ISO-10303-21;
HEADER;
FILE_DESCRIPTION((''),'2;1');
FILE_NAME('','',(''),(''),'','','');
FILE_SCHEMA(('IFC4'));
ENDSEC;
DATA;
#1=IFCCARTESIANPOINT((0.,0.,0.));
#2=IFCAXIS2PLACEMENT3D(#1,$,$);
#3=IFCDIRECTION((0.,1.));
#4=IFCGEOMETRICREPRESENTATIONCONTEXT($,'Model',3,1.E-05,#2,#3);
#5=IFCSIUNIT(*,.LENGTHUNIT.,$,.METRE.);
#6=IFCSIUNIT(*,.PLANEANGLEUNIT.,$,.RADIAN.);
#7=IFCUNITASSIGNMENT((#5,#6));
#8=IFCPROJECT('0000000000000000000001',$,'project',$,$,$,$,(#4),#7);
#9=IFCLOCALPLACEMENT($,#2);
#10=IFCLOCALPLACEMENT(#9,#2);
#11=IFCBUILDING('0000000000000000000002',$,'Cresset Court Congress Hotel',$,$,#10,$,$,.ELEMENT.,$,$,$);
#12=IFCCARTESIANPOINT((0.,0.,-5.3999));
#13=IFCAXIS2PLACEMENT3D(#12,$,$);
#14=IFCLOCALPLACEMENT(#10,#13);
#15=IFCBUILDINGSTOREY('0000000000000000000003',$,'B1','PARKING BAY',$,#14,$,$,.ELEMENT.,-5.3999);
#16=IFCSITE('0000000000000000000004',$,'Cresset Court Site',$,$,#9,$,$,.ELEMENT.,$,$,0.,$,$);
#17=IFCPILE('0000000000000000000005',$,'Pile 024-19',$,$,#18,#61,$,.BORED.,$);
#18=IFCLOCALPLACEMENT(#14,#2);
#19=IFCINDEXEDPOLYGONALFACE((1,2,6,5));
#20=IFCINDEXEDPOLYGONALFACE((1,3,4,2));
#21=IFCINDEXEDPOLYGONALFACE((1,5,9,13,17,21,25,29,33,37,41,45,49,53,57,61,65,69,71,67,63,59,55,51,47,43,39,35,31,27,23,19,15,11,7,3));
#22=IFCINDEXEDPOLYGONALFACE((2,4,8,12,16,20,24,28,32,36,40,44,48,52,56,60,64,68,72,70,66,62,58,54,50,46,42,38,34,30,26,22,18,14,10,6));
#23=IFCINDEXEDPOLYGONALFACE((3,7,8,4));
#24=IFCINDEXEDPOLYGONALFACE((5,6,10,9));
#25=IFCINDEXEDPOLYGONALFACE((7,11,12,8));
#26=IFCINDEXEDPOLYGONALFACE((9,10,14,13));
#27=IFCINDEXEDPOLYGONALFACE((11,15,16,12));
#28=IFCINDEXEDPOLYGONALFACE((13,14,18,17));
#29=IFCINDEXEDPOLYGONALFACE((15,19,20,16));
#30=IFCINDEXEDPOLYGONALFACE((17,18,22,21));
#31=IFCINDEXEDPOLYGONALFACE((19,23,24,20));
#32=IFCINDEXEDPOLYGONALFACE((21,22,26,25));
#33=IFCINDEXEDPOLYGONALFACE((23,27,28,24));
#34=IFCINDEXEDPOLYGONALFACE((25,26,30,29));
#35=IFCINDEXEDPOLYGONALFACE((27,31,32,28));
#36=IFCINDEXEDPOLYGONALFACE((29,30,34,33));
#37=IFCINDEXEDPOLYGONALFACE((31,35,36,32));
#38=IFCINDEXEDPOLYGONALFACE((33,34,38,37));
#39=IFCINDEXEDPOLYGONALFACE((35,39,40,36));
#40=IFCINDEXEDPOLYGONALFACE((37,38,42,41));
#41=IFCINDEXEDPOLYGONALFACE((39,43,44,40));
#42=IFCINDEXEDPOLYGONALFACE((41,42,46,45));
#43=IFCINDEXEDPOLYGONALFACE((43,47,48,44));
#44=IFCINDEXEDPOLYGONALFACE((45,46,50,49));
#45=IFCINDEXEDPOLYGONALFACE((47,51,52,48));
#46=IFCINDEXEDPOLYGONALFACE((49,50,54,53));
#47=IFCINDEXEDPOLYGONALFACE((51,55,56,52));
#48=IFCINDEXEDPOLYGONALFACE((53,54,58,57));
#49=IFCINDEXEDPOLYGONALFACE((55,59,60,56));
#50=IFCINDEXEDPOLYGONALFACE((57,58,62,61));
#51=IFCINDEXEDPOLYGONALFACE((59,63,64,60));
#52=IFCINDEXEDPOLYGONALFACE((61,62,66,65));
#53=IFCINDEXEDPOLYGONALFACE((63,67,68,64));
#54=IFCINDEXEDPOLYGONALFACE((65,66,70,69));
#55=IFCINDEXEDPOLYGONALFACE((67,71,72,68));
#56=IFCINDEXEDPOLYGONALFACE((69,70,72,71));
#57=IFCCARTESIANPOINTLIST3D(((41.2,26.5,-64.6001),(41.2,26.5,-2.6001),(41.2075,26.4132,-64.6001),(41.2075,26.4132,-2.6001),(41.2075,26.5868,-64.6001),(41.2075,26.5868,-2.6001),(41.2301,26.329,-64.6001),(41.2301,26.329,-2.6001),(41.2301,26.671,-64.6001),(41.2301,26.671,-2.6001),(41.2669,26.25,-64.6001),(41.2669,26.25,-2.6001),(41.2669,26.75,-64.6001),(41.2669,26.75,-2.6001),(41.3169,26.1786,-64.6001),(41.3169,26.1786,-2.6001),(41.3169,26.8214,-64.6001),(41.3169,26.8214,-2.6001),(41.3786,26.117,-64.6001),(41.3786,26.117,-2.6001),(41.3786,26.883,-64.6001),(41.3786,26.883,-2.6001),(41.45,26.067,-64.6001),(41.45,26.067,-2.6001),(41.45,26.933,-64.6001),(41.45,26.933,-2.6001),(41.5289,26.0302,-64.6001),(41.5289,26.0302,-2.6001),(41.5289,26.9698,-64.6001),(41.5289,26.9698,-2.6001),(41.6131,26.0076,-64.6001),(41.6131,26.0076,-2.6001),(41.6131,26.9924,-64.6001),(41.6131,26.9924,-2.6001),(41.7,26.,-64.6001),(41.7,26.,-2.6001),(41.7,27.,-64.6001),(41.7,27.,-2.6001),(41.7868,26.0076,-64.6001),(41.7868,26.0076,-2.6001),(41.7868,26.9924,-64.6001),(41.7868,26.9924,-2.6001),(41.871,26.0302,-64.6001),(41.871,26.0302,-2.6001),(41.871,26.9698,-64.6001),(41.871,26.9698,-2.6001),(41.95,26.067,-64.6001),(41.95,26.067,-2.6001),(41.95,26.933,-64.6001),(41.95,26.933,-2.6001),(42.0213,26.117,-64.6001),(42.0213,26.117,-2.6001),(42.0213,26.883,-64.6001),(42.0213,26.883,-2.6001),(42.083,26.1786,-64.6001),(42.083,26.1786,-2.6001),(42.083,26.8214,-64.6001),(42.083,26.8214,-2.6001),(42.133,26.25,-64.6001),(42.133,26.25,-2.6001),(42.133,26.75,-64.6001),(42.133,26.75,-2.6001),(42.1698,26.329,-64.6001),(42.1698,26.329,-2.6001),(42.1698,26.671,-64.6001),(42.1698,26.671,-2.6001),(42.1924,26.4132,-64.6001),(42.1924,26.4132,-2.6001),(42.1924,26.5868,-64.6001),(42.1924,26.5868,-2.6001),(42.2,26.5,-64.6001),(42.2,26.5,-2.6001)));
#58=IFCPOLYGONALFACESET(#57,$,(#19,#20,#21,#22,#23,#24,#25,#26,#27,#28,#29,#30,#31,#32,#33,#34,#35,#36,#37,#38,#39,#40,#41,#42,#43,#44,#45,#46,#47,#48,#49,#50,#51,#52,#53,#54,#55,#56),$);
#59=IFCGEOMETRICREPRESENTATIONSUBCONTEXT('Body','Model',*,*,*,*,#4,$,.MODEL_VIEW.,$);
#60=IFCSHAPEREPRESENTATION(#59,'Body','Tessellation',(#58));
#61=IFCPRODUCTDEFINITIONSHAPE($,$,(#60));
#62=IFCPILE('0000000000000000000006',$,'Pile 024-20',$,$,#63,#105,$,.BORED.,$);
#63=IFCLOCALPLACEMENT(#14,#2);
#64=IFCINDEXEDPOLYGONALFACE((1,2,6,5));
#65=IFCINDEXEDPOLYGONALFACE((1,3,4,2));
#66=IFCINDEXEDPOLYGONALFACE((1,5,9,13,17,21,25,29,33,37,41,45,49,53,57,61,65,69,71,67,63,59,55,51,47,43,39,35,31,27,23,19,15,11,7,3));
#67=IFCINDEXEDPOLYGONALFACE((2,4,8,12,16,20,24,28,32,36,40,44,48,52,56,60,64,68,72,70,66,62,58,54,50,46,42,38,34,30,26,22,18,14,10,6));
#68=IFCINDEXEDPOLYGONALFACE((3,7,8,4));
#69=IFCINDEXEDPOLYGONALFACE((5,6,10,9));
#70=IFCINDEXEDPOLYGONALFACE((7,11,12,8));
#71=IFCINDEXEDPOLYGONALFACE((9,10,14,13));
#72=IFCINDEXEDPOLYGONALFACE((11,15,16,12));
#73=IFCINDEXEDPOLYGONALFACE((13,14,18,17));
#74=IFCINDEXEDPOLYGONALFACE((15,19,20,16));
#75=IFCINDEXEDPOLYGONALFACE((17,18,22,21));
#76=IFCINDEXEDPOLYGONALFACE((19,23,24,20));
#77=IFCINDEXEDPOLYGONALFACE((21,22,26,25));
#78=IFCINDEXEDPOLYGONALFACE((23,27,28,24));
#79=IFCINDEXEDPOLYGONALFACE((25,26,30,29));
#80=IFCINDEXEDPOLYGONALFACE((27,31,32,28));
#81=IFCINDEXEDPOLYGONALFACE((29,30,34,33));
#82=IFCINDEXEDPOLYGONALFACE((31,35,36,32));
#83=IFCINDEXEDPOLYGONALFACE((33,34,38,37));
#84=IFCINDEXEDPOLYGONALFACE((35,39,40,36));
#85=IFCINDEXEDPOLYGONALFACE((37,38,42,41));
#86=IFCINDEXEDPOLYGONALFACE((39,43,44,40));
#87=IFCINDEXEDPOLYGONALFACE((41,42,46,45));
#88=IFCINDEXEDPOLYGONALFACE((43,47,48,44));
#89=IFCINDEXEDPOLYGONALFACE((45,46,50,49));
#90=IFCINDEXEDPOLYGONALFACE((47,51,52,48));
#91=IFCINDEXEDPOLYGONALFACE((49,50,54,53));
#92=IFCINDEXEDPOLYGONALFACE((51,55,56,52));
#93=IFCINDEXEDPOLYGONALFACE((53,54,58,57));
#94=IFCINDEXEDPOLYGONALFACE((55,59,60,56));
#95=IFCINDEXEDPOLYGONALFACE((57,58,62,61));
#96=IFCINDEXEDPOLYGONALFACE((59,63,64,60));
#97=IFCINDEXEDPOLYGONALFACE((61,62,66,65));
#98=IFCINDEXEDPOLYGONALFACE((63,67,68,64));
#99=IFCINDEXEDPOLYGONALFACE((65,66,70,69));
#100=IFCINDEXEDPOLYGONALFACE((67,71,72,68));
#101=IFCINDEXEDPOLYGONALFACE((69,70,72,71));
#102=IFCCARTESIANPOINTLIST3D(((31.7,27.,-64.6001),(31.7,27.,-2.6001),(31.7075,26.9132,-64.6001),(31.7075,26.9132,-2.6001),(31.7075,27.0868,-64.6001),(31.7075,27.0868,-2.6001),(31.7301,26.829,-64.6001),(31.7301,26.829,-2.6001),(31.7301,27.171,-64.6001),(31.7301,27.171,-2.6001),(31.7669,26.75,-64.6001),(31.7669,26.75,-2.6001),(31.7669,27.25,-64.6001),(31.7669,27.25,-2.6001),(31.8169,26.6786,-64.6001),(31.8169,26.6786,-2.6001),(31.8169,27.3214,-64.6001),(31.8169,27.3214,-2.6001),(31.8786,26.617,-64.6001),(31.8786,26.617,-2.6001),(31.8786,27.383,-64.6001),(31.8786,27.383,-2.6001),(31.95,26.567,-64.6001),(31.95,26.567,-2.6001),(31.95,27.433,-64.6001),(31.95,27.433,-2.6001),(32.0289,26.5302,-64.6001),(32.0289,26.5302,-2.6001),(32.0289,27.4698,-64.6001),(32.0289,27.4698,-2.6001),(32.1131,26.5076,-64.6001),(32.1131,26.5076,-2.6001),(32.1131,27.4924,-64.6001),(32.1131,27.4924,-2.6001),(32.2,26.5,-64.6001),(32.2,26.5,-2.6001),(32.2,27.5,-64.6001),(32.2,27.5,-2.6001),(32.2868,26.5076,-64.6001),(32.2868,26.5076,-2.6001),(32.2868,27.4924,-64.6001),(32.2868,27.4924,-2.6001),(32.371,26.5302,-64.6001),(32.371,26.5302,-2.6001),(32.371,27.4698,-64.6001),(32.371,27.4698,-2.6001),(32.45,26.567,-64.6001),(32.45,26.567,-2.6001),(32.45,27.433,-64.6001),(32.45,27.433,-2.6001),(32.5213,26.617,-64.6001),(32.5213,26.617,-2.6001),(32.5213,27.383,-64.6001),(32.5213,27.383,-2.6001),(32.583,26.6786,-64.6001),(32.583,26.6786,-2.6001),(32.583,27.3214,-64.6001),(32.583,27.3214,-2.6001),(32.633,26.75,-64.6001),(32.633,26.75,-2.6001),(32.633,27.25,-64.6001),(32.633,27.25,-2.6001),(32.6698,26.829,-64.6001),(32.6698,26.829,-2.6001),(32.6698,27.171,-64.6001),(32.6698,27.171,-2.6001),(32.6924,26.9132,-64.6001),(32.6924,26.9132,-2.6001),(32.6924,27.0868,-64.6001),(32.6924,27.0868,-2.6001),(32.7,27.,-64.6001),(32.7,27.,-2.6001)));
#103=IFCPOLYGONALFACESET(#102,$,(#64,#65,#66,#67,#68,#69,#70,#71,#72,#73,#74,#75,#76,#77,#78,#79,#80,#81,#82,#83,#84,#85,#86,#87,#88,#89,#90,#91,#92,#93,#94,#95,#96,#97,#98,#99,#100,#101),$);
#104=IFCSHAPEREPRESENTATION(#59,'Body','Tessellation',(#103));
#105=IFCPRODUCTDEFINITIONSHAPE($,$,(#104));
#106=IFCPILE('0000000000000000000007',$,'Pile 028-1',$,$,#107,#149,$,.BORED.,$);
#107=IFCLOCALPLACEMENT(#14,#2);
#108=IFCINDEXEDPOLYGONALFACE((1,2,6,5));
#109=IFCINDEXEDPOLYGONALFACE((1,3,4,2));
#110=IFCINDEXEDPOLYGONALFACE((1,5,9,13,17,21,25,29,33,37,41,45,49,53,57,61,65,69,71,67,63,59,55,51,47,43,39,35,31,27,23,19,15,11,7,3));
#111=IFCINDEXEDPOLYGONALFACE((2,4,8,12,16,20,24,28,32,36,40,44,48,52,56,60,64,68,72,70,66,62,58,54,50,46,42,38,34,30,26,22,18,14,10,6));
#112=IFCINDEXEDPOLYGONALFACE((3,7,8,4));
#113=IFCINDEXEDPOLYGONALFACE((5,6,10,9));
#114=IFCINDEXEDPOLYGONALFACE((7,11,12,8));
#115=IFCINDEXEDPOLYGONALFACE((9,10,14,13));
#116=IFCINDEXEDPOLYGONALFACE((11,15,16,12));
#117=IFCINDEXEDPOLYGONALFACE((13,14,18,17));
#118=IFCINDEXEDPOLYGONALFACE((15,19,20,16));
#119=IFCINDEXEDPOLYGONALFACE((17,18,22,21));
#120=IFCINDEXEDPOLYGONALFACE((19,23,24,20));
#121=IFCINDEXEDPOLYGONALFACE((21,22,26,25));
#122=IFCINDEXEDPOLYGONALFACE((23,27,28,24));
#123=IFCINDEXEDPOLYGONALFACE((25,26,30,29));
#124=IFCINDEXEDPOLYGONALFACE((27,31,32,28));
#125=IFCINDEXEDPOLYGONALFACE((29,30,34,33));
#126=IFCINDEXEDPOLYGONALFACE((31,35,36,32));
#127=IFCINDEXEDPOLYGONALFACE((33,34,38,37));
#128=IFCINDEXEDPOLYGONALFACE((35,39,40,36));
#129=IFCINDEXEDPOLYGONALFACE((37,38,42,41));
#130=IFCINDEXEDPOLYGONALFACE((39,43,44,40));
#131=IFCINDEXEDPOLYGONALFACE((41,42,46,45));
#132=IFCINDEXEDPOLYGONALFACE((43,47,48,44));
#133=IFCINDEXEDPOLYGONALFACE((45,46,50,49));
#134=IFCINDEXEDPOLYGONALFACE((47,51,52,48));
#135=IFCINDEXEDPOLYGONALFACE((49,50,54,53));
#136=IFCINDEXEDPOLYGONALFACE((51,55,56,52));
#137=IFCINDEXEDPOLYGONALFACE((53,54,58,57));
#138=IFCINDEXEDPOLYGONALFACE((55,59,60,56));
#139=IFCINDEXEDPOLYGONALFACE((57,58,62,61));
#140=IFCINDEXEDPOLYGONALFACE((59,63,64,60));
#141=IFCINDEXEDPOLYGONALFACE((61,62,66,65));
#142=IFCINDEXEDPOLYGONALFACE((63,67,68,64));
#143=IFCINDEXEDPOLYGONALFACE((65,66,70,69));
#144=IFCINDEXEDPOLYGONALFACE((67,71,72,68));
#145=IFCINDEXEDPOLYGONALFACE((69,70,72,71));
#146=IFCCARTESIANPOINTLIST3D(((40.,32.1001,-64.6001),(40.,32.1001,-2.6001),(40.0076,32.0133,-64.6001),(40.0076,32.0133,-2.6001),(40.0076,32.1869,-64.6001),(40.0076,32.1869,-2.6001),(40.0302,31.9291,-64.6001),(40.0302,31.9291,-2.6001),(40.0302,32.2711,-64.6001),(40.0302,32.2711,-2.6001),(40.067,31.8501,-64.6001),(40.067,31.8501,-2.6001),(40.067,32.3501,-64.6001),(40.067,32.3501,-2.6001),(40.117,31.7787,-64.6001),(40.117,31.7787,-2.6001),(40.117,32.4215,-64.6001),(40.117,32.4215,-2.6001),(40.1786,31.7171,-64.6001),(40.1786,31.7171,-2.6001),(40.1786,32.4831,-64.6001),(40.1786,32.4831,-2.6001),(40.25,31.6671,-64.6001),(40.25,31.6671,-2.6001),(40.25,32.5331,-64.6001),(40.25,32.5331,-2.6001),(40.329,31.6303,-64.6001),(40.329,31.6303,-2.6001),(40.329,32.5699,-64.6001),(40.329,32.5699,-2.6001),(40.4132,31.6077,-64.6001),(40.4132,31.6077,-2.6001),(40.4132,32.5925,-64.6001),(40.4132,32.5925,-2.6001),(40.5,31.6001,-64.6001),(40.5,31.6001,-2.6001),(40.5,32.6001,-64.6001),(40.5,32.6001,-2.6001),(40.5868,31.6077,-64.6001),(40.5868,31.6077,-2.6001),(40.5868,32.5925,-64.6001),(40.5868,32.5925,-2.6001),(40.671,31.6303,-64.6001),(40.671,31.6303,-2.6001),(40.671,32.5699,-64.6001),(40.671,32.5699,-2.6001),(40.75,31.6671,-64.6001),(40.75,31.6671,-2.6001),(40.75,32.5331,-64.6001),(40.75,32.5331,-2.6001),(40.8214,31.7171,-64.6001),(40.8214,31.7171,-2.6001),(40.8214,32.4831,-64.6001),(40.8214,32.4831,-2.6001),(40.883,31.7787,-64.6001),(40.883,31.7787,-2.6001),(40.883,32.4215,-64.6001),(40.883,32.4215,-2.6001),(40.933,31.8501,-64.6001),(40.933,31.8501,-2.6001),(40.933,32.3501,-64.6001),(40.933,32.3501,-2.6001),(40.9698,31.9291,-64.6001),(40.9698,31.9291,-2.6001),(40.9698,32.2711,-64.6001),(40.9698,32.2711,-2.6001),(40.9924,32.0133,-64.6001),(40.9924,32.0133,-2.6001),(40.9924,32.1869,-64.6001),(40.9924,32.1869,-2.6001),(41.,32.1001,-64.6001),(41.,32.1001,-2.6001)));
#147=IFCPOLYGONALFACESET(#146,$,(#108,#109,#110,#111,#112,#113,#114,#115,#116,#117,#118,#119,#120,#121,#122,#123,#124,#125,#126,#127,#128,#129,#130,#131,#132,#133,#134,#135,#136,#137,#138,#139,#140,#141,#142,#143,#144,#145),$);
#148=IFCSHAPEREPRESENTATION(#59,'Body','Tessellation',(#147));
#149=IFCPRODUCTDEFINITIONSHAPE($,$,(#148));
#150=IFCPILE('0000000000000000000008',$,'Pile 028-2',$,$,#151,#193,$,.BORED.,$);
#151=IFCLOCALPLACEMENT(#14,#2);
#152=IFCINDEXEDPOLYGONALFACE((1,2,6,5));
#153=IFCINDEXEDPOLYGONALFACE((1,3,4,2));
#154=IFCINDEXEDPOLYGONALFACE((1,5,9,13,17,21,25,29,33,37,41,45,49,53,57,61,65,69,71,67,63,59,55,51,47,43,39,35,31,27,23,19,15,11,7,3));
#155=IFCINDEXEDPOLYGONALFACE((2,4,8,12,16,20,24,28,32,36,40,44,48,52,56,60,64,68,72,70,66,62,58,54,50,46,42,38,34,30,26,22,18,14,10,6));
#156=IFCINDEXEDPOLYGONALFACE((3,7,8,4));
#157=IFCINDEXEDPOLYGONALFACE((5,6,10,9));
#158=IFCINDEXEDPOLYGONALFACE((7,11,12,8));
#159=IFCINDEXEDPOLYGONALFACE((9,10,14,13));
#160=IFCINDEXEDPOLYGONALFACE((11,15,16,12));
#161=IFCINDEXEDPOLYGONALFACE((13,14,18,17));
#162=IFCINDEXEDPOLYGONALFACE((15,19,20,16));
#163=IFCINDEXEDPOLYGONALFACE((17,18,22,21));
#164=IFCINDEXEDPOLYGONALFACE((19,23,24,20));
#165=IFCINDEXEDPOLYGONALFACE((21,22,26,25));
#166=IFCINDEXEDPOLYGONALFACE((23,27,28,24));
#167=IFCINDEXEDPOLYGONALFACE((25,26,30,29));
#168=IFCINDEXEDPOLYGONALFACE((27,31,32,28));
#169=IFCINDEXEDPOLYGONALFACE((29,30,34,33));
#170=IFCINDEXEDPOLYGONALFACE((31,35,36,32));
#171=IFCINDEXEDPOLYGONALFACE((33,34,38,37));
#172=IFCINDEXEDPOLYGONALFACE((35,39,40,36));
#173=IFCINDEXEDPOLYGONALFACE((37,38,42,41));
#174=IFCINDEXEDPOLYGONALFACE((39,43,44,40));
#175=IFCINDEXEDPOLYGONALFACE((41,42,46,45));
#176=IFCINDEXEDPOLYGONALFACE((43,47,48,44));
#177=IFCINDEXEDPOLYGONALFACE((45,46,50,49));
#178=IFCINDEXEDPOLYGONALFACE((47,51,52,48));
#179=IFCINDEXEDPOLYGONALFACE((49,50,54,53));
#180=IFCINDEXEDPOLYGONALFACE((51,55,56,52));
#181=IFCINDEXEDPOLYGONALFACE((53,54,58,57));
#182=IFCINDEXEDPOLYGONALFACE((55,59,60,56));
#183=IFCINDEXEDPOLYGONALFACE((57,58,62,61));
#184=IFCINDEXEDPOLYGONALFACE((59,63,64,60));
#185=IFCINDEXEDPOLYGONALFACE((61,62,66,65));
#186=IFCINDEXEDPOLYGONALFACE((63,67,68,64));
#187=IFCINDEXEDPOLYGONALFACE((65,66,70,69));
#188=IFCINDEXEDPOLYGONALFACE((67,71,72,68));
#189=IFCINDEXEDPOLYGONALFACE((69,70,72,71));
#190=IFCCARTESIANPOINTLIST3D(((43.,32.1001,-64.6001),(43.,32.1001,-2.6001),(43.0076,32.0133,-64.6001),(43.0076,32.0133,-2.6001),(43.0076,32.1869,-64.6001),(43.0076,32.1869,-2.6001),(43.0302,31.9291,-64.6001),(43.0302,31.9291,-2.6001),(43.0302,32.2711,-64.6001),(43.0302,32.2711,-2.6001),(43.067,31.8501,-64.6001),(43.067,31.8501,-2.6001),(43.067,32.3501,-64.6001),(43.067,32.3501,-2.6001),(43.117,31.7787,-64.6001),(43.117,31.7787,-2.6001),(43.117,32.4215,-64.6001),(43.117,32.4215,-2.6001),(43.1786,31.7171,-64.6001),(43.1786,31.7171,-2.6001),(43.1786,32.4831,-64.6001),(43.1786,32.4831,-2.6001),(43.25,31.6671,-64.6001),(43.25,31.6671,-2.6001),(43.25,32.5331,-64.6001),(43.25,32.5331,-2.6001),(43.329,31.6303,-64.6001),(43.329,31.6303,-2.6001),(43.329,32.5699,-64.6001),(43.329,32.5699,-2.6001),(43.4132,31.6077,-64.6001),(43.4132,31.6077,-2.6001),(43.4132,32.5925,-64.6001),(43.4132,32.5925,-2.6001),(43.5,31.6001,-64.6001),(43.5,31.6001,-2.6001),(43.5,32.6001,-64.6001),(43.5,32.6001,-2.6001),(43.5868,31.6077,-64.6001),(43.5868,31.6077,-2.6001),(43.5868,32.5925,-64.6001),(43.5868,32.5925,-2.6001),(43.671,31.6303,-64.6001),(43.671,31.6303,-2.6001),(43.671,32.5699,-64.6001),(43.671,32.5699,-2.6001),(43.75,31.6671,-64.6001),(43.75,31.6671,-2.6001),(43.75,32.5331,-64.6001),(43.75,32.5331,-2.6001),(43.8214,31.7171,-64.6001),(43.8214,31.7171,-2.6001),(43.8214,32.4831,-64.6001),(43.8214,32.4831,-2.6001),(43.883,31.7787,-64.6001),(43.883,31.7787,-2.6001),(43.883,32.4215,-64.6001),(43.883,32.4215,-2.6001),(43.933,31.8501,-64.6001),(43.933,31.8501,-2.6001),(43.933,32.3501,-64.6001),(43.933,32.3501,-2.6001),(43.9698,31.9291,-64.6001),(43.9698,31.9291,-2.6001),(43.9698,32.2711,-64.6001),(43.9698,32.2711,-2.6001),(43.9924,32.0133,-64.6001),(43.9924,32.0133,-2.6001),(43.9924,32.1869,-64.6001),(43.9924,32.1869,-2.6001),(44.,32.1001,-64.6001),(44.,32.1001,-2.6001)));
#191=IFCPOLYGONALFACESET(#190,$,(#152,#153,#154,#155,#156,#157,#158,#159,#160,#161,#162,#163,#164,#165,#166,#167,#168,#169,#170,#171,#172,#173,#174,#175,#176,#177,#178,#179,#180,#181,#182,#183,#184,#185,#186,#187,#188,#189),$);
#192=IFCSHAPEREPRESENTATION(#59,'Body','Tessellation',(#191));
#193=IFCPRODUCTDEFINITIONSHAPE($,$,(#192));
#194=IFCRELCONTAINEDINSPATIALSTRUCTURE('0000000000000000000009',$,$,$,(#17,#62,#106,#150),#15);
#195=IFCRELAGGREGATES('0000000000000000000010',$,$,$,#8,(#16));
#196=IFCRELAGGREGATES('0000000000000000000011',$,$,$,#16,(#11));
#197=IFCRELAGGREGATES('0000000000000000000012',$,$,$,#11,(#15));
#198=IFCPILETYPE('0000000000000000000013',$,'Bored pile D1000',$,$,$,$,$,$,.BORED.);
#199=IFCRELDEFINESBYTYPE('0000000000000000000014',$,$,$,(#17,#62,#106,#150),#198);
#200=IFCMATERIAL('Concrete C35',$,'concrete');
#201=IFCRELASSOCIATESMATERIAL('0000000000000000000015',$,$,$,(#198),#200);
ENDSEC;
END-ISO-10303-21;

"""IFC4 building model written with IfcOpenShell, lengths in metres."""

from ifc_helpers import new_model, si_unit, direction, frame, origin, origin_2d, place, context, subcontext, project, spatial, circle, extrude, material, type_object, element, save


model = new_model("IFC4")

# Units and contexts
model_context = context("Model", 3, precision=1e-05, world=origin(), true_north=direction((0.0, 1.0)))
body_context = subcontext(model_context, "Body", "Model", "MODEL_VIEW")
ifc_project = project(units=[si_unit("LENGTHUNIT", "METRE"), si_unit("PLANEANGLEUNIT", "RADIAN")], contexts=[model_context])

# Site, building, storey
site_placement = place(None, origin())
site = spatial("IfcSite", under=ifc_project, at=site_placement, Name="Cresset Court Site", CompositionType="ELEMENT", RefElevation=0.0)
building_placement = place(site_placement, origin())
building = spatial("IfcBuilding", under=site, at=building_placement, Name="Cresset Court Congress Hotel", CompositionType="ELEMENT")
storey_placement = place(building_placement, frame((0.0, 0.0, -5.3999)))
storey = spatial("IfcBuildingStorey", under=building, at=storey_placement, Name="B1", Description="PARKING BAY", CompositionType="ELEMENT", Elevation=-5.3999)

# Piles
ifc_material_1 = material(Name="Concrete C35", Category="concrete")
pile_type = type_object("IfcPileType", Name="Bored pile D1000", PredefinedType="BORED", material=ifc_material_1)
for number, where, z_axis, x_axis, name in (
    (1, (41.7, 26.5, -2.6001), (0.0, 0.0, -1.0), (1.0, 0.0, 0.0), "Pile 024-19"),
    (2, (32.2, 27.0, -2.6001), (0.0, 0.0, -1.0), (1.0, 0.0, 0.0), "Pile 024-20"),
    (3, (40.5, 32.1001, -2.6001), (0.0, 0.0, -1.0), (1.0, 0.0, 0.0), "Pile 028-1"),
    (4, (43.5, 32.1001, -2.6001), (0.0, 0.0, -1.0), (1.0, 0.0, 0.0), "Pile 028-2"),
):
    element("IfcPile", number, at=place(storey_placement, frame(where, z_axis=z_axis, x_axis=x_axis)), inside=storey, type_object=pile_type, Name=name, PredefinedType="BORED", context=body_context, shape_type="SweptSolid", body=[
        extrude(circle(Radius=0.5, at=origin_2d()), origin(), (0.0, 0.0, 1.0), 62.0),
    ])

save(model, "model.ifc")
